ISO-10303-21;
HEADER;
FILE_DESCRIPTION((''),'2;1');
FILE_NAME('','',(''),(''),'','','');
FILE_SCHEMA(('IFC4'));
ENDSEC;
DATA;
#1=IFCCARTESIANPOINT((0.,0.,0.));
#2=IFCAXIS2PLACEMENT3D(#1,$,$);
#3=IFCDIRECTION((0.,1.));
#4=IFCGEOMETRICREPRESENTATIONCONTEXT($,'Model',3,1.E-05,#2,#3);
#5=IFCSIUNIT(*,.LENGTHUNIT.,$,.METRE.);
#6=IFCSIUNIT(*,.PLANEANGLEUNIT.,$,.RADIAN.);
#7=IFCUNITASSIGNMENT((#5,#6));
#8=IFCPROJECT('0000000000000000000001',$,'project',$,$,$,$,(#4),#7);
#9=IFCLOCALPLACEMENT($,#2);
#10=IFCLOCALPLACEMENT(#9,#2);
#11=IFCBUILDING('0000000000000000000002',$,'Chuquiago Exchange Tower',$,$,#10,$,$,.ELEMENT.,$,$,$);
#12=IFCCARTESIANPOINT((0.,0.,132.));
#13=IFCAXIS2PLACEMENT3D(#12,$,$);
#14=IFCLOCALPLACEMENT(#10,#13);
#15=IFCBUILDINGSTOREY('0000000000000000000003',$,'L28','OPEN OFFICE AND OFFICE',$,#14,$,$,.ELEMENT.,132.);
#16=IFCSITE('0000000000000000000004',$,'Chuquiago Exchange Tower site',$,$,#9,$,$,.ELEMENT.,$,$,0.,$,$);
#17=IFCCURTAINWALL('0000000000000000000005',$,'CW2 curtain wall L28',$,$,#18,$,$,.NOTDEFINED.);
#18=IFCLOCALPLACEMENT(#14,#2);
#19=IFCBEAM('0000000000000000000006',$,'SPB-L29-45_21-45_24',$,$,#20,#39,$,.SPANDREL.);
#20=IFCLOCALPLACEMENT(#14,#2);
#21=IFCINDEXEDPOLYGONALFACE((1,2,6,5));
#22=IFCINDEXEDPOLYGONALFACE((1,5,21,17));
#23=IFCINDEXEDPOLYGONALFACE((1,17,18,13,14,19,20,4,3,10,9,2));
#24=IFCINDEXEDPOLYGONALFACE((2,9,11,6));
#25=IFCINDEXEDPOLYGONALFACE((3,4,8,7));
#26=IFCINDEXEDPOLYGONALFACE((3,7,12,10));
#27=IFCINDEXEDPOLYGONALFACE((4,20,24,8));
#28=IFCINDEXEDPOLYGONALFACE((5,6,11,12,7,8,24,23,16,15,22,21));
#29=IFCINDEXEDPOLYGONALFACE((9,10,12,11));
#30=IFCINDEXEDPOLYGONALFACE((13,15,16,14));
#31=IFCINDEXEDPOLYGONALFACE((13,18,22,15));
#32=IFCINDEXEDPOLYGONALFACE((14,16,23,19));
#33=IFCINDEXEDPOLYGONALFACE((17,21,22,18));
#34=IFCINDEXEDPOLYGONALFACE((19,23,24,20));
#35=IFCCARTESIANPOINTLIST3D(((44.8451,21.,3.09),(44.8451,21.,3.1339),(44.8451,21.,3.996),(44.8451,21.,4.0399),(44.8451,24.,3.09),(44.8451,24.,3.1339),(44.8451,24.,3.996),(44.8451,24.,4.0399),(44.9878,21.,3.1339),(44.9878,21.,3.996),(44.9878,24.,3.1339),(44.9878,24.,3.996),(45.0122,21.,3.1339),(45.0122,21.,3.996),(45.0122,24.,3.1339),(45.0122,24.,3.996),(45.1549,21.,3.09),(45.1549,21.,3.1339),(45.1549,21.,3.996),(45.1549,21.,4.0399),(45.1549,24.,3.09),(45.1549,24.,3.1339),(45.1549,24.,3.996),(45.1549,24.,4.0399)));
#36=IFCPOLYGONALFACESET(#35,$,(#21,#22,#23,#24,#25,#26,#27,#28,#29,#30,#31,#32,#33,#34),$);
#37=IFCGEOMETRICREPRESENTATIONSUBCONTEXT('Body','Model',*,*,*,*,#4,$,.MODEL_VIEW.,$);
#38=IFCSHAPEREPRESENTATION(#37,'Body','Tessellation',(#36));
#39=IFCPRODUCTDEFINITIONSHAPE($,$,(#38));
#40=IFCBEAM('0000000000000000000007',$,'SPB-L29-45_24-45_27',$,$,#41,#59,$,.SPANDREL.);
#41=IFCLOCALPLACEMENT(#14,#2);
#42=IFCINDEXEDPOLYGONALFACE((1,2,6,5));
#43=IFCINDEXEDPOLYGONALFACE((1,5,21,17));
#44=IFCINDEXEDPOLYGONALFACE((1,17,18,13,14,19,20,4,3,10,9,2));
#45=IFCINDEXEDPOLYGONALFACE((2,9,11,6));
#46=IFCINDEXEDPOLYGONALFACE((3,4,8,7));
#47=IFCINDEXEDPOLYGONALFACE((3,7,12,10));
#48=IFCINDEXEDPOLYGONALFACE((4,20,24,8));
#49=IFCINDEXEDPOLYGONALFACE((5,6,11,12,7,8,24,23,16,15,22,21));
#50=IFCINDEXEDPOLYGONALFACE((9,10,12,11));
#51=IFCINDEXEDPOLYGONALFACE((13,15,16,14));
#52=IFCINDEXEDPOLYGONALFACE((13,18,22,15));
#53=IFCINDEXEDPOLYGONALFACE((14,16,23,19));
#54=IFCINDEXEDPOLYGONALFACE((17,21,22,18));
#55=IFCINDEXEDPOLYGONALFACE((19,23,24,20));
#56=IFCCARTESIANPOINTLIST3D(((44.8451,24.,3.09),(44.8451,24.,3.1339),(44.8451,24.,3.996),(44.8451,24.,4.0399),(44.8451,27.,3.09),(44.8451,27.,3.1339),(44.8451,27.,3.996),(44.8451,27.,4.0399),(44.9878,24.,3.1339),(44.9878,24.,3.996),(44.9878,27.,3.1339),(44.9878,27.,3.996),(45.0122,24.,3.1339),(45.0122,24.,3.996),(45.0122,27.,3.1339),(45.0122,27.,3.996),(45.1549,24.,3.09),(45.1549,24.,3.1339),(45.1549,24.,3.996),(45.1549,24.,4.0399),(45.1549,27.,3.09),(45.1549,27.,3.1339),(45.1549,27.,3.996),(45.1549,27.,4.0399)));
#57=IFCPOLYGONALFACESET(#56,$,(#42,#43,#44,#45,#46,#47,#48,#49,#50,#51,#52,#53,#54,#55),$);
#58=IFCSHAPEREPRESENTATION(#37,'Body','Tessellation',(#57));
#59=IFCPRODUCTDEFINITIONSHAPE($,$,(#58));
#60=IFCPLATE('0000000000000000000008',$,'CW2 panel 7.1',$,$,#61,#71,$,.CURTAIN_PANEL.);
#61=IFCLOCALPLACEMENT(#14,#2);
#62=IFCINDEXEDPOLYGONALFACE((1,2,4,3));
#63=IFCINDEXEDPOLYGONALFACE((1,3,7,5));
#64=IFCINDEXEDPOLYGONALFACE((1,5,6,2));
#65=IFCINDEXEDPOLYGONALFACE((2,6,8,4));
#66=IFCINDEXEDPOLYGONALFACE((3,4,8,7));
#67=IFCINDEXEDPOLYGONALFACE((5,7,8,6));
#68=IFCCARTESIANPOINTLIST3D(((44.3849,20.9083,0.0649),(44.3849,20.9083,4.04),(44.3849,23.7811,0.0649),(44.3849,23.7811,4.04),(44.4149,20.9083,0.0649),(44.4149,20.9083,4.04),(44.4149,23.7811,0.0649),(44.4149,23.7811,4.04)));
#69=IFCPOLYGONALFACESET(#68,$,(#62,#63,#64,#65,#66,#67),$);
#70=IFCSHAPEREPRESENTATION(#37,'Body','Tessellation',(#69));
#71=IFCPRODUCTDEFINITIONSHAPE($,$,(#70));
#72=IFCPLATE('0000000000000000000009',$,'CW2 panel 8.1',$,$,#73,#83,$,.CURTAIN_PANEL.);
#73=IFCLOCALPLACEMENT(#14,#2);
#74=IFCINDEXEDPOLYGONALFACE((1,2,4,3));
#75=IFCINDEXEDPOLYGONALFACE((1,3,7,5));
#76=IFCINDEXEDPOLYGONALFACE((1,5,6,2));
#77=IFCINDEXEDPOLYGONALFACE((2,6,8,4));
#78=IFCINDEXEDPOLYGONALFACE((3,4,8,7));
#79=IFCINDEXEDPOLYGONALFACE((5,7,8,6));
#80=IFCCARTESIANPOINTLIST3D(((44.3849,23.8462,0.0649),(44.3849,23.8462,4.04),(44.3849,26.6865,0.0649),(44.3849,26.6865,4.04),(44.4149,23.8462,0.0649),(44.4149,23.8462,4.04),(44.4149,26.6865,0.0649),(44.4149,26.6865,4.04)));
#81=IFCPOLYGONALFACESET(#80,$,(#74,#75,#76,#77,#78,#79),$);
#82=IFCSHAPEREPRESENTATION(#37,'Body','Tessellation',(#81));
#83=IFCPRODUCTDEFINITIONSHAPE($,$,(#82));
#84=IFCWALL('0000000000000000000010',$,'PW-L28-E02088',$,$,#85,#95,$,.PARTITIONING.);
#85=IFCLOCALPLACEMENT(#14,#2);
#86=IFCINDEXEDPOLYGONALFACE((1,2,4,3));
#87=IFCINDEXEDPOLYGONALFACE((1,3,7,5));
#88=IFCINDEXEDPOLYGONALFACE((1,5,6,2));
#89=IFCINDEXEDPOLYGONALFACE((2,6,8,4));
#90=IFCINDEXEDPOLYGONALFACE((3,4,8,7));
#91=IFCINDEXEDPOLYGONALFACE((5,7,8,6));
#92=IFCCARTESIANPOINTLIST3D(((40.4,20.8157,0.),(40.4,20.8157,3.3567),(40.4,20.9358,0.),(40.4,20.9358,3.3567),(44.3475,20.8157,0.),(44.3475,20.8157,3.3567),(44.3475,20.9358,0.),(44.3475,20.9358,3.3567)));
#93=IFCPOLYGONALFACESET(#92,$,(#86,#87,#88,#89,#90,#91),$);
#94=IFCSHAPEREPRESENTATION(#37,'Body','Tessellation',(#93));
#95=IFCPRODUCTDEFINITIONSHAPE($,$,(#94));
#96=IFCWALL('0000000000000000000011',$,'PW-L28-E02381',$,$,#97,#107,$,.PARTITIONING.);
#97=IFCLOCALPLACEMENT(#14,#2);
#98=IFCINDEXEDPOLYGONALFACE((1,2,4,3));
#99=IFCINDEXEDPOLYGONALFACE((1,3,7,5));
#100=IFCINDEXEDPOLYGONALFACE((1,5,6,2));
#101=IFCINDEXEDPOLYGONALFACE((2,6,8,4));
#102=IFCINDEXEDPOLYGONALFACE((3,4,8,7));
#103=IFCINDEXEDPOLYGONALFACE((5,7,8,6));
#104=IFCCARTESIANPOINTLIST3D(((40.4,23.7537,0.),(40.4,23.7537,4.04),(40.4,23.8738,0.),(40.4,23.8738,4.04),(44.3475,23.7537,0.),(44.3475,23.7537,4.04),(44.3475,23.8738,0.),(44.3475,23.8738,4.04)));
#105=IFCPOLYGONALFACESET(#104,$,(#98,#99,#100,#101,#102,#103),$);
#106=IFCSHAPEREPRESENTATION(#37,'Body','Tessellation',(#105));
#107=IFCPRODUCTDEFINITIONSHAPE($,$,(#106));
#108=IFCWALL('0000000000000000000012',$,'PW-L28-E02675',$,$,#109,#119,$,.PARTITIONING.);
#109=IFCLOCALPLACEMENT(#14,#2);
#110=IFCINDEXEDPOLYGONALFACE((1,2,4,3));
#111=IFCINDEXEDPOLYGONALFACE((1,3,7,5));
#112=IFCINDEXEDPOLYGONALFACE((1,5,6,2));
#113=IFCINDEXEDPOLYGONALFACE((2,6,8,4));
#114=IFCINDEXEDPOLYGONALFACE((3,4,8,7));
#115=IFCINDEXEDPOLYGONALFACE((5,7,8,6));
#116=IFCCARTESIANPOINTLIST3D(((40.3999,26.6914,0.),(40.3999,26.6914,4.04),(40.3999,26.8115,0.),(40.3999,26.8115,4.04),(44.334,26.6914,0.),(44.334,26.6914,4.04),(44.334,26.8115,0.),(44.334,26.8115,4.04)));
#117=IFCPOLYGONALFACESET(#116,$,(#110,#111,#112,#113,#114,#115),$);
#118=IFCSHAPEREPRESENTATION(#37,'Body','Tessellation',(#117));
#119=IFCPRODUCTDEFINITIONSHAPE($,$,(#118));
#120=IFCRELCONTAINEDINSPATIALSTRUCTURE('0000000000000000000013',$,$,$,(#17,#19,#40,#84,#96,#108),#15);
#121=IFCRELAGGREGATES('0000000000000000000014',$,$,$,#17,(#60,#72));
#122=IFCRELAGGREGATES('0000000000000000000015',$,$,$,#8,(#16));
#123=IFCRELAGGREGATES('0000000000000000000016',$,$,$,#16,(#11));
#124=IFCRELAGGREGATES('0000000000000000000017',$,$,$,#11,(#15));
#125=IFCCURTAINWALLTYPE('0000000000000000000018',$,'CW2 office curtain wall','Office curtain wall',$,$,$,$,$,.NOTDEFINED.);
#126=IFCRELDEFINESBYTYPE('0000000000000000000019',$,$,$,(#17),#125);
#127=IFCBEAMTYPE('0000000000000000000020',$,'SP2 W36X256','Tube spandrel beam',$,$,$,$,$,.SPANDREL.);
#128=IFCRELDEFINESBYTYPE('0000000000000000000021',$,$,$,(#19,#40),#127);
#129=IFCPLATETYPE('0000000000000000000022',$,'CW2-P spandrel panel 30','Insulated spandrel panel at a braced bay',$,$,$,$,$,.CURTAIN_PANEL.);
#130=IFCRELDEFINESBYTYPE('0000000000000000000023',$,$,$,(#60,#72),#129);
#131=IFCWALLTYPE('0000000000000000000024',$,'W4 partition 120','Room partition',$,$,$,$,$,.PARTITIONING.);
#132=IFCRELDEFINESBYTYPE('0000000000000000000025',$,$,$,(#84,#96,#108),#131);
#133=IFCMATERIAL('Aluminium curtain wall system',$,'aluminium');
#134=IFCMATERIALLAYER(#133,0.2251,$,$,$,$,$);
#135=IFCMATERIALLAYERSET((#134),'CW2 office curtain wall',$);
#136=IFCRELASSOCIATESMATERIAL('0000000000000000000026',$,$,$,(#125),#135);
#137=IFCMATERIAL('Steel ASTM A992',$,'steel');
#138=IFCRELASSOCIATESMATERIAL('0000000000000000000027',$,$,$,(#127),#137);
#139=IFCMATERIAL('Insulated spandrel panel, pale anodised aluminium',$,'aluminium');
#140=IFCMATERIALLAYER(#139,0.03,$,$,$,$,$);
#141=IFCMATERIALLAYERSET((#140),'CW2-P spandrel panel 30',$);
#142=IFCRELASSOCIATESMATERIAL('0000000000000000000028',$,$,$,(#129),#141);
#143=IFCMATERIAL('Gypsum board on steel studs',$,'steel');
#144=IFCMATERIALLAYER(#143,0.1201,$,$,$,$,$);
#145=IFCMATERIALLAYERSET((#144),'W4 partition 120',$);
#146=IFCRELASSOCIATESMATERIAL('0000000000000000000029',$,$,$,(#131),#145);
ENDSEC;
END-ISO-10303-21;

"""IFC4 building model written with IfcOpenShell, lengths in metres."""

from ifc_helpers import new_model, si_unit, direction, frame, frame_2d, origin, origin_2d, place, context, subcontext, project, spatial, rectangle, i_section, extrude, material, layer, layer_set, material_profile, profile_set, type_object, element, aggregate, save


model = new_model("IFC4")

# Units and contexts
model_context = context("Model", 3, precision=1e-05, world=origin(), true_north=direction((0.0, 1.0)))
body_context = subcontext(model_context, "Body", "Model", "MODEL_VIEW")
ifc_project = project(units=[si_unit("LENGTHUNIT", "METRE"), si_unit("PLANEANGLEUNIT", "RADIAN")], contexts=[model_context])

# Site, building, storey
site_placement = place(None, origin())
site = spatial("IfcSite", under=ifc_project, at=site_placement, Name="Chuquiago Exchange Tower site", CompositionType="ELEMENT", RefElevation=0.0)
building_placement = place(site_placement, origin())
building = spatial("IfcBuilding", under=site, at=building_placement, Name="Chuquiago Exchange Tower", CompositionType="ELEMENT")
storey_placement = place(building_placement, frame((0.0, 0.0, 132.0)))
storey = spatial("IfcBuildingStorey", under=building, at=storey_placement, Name="L28", Description="OPEN OFFICE AND OFFICE", CompositionType="ELEMENT", Elevation=132.0)

# Curtain wall
ifc_material_1 = material(Name="Aluminium curtain wall system", Category="aluminium")
ifc_layer_1 = layer(ifc_material_1, 0.2251)
ifc_layer_set_1 = layer_set([ifc_layer_1], Name="CW2 office curtain wall")
curtain_wall_type_1 = type_object("IfcCurtainWallType", Name="CW2 office curtain wall", Description="Office curtain wall", PredefinedType="NOTDEFINED", material=ifc_layer_set_1)
curtain_wall_1_placement = place(storey_placement, origin())
curtain_wall_1 = element("IfcCurtainWall", 1, at=curtain_wall_1_placement, inside=storey, type_object=curtain_wall_type_1, Name="CW2 curtain wall L28", PredefinedType="NOTDEFINED")

# Beams
ifc_material_2 = material(Name="Steel ASTM A992", Category="steel")
ifc_material_profile_1 = material_profile(ifc_material_2, i_section(OverallWidth=0.3098, OverallDepth=0.95, WebThickness=0.0244, FlangeThickness=0.0439, at=origin_2d()), Name="W36X256")
ifc_profile_set_1 = profile_set([ifc_material_profile_1], Name="Steel ASTM A992")
beam_type = type_object("IfcBeamType", Name="SP2 W36X256", Description="Tube spandrel beam", PredefinedType="SPANDREL", material=ifc_profile_set_1)
for number, where, z_axis, x_axis, name in (
    (2, (45.0, 21.0, 3.5649), (0.0, 1.0, 0.0), (-1.0, 0.0, 0.0), "SPB-L29-45_21-45_24"),
    (3, (45.0, 24.0, 3.5649), (0.0, 1.0, 0.0), (-1.0, 0.0, 0.0), "SPB-L29-45_24-45_27"),
):
    element("IfcBeam", number, at=place(storey_placement, frame(where, z_axis=z_axis, x_axis=x_axis)), inside=storey, type_object=beam_type, Name=name, PredefinedType="SPANDREL", context=body_context, shape_type="SweptSolid", body=[
        extrude(i_section(OverallWidth=0.3098, OverallDepth=0.95, WebThickness=0.0244, FlangeThickness=0.0439, at=origin_2d()), origin(), (0.0, 0.0, 1.0), 3.0),
    ])

# Plates
ifc_material_3 = material(Name="Insulated spandrel panel, pale anodised aluminium", Category="aluminium")
ifc_layer_2 = layer(ifc_material_3, 0.03)
ifc_layer_set_2 = layer_set([ifc_layer_2], Name="CW2-P spandrel panel 30")
plate_type = type_object("IfcPlateType", Name="CW2-P spandrel panel 30", Description="Insulated spandrel panel at a braced bay", PredefinedType="CURTAIN_PANEL", material=ifc_layer_set_2)
plate_1_placement = place(storey_placement, frame((44.3999, 22.3447, 0.0649), z_axis=(0.0, 0.0, 1.0), x_axis=(0.0, 1.0, 0.0)))
plate_1 = element("IfcPlate", 4, at=plate_1_placement, type_object=plate_type, Name="CW2 panel 7.1", PredefinedType="CURTAIN_PANEL", context=body_context, shape_type="SweptSolid", body=[
    extrude(rectangle(XDim=2.8728, YDim=0.03, at=origin_2d()), origin(), (0.0, 0.0, 1.0), 3.9751),
])
plate_2_placement = place(storey_placement, frame((44.3999, 25.2664, 0.0649), z_axis=(0.0, 0.0, 1.0), x_axis=(0.0, 1.0, 0.0)))
plate_2 = element("IfcPlate", 5, at=plate_2_placement, type_object=plate_type, Name="CW2 panel 8.1", PredefinedType="CURTAIN_PANEL", context=body_context, shape_type="SweptSolid", body=[
    extrude(rectangle(XDim=2.8403, YDim=0.03, at=origin_2d()), origin(), (0.0, 0.0, 1.0), 3.9751),
])
aggregate(curtain_wall_1, [plate_1, plate_2])

# Walls
ifc_material_4 = material(Name="Gypsum board on steel studs", Category="steel")
ifc_layer_3 = layer(ifc_material_4, 0.1201)
ifc_layer_set_3 = layer_set([ifc_layer_3], Name="W4 partition 120")
wall_type = type_object("IfcWallType", Name="W4 partition 120", Description="Room partition", PredefinedType="PARTITIONING", material=ifc_layer_set_3)
wall_1_placement = place(storey_placement, frame((44.3474, 20.8757, 0.0), z_axis=(0.0, 0.0, 1.0), x_axis=(-1.0, 0.0, 0.0)))
element("IfcWall", 6, at=wall_1_placement, inside=storey, type_object=wall_type, Name="PW-L28-E02088", PredefinedType="PARTITIONING", context=body_context, shape_type="SweptSolid", body=[
    extrude(rectangle(XDim=3.9475, YDim=0.1201, at=frame_2d((1.9736, 0.0))), origin(), (0.0, 0.0, 1.0), 3.3567),
])
wall_2_placement = place(storey_placement, frame((44.3474, 23.8137, 0.0), z_axis=(0.0, 0.0, 1.0), x_axis=(-1.0, 0.0, 0.0)))
element("IfcWall", 7, at=wall_2_placement, inside=storey, type_object=wall_type, Name="PW-L28-E02381", PredefinedType="PARTITIONING", context=body_context, shape_type="SweptSolid", body=[
    extrude(rectangle(XDim=3.9475, YDim=0.1201, at=frame_2d((1.9736, 0.0))), origin(), (0.0, 0.0, 1.0), 4.04),
])
wall_3_placement = place(storey_placement, frame((44.334, 26.7515, 0.0), z_axis=(0.0, 0.0, 1.0), x_axis=(-1.0, 0.0, 0.0)))
element("IfcWall", 8, at=wall_3_placement, inside=storey, type_object=wall_type, Name="PW-L28-E02675", PredefinedType="PARTITIONING", context=body_context, shape_type="SweptSolid", body=[
    extrude(rectangle(XDim=3.9341, YDim=0.1201, at=frame_2d((1.967, 0.0))), origin(), (0.0, 0.0, 1.0), 4.04),
])

save(model, "model.ifc")
